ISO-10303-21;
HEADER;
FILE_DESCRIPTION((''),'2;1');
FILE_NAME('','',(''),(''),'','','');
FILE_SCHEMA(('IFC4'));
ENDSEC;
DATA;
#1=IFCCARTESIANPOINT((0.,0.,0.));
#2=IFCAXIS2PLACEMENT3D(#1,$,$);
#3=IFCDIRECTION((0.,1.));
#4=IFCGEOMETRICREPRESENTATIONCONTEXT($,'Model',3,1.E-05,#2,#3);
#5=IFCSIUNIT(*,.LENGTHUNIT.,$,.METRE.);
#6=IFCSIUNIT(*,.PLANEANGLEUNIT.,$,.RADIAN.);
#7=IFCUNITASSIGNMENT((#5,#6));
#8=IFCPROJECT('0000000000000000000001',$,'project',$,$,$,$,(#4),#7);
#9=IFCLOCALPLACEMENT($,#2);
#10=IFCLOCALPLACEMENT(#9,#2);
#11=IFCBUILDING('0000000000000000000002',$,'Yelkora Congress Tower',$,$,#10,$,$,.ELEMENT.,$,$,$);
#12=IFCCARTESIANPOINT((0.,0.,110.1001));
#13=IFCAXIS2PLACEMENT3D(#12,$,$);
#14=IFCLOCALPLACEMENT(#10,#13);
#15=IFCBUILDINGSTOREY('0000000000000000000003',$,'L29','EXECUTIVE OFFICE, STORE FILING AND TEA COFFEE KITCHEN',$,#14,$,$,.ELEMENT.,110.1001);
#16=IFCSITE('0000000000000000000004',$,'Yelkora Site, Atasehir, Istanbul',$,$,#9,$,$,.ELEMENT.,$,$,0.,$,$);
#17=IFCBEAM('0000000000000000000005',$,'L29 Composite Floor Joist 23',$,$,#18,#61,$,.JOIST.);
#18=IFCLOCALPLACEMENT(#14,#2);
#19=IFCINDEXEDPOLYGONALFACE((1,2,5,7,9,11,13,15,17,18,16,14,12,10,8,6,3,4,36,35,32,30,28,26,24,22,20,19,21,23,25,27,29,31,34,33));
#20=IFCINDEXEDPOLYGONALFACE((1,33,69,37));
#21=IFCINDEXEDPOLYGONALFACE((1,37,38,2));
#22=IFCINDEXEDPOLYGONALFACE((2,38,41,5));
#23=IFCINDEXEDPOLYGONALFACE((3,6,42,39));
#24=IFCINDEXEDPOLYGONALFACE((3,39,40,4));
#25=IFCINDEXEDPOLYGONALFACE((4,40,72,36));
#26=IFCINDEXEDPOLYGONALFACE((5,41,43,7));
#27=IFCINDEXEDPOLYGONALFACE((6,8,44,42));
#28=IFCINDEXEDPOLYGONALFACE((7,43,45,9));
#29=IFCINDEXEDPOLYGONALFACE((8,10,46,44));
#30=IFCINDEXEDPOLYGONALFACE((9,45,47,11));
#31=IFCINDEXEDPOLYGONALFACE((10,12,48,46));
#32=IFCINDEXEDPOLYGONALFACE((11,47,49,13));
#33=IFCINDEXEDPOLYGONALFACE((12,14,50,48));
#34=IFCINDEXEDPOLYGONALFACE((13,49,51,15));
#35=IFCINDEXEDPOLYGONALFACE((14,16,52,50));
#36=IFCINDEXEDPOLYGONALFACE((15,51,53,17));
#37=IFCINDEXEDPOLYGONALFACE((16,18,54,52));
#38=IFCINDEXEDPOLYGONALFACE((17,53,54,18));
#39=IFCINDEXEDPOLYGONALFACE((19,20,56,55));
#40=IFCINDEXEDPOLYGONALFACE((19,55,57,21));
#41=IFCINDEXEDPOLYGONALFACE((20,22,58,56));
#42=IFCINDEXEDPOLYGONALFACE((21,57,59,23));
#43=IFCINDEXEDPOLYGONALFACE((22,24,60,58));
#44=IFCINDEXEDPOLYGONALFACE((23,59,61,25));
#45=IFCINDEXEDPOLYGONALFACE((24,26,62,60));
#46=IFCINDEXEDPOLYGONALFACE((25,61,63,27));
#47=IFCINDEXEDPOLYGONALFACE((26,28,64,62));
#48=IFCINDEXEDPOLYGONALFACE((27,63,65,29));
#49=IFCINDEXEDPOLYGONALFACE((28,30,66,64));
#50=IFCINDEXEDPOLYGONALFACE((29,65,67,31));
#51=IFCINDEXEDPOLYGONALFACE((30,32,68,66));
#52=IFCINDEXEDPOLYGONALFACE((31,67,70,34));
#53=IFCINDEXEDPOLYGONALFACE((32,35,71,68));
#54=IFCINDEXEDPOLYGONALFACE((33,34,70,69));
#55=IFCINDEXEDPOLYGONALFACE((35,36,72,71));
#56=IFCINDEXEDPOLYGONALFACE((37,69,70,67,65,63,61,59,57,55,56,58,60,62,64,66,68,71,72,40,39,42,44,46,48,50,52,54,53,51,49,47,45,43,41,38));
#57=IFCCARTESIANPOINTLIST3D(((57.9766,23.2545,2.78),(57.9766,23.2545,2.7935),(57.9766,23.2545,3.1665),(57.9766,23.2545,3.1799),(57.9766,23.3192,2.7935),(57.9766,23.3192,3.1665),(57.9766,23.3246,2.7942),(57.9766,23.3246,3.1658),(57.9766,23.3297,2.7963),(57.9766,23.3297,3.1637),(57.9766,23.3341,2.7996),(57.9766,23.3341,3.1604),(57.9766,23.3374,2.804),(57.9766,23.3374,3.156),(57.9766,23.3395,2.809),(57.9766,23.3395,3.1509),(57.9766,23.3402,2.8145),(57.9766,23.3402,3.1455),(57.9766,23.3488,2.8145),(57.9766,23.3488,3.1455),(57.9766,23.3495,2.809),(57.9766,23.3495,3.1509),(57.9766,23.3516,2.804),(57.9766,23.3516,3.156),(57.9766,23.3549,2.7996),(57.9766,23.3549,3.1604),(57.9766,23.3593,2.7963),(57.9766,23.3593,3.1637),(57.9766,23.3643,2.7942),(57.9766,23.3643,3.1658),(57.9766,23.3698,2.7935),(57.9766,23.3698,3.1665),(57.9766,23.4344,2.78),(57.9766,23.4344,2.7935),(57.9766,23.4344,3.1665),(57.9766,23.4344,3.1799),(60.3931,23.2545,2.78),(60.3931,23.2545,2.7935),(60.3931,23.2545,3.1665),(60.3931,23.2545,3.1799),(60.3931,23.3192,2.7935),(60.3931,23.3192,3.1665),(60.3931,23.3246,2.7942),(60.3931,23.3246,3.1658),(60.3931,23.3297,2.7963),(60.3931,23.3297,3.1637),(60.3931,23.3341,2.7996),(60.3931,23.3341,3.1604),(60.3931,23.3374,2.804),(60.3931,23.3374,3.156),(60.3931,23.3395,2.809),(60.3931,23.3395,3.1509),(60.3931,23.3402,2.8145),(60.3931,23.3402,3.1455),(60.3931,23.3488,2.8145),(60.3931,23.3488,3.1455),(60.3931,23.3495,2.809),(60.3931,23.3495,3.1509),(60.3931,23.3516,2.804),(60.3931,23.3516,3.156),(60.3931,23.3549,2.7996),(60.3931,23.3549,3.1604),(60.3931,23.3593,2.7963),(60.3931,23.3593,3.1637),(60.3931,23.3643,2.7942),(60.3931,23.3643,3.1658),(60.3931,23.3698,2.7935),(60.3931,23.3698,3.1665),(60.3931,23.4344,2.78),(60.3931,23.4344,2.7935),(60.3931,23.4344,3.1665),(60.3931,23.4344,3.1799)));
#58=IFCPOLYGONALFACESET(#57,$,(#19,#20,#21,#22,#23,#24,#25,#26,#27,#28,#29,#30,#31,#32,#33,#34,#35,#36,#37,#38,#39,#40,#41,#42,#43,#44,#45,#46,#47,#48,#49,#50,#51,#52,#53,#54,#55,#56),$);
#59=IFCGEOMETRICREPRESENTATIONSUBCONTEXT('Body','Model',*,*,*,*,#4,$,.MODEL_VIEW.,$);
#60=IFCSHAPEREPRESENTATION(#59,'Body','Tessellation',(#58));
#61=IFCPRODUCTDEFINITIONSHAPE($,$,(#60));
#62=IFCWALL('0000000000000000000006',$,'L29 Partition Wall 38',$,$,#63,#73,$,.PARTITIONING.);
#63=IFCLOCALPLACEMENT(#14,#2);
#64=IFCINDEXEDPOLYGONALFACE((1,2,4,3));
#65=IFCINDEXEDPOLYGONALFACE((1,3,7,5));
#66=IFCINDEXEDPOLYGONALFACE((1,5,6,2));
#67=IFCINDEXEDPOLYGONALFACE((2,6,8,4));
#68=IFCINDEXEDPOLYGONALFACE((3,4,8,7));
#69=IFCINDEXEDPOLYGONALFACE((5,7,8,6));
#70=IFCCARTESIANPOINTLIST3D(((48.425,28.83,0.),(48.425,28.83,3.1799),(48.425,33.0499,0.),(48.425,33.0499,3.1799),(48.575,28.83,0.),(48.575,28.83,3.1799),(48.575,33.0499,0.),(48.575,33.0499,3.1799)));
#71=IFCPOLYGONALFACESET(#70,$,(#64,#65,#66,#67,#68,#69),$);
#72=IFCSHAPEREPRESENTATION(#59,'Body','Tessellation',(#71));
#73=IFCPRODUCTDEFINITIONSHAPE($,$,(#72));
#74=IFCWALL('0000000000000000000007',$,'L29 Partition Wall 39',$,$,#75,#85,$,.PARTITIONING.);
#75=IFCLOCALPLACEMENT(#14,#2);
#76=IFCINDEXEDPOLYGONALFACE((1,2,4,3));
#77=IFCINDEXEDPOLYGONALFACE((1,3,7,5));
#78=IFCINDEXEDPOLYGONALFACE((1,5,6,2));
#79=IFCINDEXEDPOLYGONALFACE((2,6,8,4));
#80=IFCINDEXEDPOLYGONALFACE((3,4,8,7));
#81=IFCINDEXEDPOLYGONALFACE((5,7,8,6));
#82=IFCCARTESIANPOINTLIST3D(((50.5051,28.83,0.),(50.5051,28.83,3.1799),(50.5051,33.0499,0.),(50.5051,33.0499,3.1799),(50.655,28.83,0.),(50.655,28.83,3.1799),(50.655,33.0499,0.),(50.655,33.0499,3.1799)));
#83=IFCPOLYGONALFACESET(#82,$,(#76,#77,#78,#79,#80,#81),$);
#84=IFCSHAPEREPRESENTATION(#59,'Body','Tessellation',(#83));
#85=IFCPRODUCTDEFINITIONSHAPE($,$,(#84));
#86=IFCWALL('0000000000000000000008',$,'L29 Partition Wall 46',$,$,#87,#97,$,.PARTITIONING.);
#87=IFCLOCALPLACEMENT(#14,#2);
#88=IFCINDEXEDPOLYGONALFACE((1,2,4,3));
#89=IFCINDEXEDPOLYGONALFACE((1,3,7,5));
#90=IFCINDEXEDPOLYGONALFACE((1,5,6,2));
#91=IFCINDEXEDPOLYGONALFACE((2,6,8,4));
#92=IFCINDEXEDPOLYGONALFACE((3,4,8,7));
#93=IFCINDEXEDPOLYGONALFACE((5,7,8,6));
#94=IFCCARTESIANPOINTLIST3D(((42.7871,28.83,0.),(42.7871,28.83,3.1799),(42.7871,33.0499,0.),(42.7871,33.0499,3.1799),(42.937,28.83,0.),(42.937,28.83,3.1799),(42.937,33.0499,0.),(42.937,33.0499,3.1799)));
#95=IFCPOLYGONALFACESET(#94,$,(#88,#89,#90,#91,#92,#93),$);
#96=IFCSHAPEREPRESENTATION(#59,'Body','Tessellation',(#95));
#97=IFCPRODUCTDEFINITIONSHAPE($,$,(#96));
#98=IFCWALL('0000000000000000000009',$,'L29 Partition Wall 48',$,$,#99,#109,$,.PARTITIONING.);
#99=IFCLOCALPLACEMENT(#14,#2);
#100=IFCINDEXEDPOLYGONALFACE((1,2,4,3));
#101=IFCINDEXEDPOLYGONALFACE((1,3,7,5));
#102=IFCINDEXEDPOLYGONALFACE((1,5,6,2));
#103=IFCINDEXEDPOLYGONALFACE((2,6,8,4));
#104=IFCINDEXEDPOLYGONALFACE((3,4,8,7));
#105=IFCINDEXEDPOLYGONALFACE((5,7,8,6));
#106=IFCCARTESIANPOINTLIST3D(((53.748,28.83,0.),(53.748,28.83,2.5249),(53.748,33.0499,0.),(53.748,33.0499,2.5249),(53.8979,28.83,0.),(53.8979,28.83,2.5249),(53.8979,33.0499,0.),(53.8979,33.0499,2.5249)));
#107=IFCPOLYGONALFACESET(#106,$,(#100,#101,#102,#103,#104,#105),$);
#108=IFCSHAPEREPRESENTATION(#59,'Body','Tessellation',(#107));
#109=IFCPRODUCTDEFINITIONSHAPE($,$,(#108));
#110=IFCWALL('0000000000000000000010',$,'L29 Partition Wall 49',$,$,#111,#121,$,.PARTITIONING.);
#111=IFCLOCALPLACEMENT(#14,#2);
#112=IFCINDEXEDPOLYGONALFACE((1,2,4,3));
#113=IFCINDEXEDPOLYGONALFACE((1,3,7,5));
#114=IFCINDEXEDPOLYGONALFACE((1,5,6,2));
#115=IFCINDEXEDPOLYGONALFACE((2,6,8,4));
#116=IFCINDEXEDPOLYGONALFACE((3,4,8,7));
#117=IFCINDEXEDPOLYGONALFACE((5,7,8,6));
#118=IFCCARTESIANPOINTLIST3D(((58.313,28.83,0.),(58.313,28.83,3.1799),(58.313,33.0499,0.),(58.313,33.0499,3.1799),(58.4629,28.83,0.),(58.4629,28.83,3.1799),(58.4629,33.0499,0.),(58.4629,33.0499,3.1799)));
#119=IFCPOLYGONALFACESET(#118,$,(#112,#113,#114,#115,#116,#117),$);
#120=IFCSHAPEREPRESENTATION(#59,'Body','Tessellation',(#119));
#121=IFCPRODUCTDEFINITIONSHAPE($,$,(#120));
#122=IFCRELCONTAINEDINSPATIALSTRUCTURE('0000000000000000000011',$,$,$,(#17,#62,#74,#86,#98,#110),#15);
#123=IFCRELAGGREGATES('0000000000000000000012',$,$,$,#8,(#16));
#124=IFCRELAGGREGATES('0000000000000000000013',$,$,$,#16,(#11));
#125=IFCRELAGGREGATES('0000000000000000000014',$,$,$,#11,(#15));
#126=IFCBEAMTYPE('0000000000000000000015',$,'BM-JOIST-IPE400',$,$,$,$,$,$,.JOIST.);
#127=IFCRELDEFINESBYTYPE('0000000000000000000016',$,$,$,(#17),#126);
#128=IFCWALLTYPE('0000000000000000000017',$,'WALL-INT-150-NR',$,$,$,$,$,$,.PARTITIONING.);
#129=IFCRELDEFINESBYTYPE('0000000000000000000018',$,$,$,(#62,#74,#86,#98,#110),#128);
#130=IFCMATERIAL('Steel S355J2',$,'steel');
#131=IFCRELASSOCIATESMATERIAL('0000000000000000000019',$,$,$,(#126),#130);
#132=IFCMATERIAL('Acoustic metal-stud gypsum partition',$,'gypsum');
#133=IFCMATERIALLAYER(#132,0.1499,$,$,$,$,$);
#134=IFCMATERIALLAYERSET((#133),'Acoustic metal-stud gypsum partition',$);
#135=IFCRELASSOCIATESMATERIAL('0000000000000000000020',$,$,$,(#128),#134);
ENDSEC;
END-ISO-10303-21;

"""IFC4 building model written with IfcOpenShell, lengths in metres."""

from ifc_helpers import new_model, si_unit, direction, frame, frame_2d, origin, origin_2d, place, context, subcontext, project, spatial, rectangle, i_section, extrude, material, layer, layer_set, material_profile, profile_set, type_object, element, save


model = new_model("IFC4")

# Units and contexts
model_context = context("Model", 3, precision=1e-05, world=origin(), true_north=direction((0.0, 1.0)))
body_context = subcontext(model_context, "Body", "Model", "MODEL_VIEW")
ifc_project = project(units=[si_unit("LENGTHUNIT", "METRE"), si_unit("PLANEANGLEUNIT", "RADIAN")], contexts=[model_context])

# Site, building, storey
site_placement = place(None, origin())
site = spatial("IfcSite", under=ifc_project, at=site_placement, Name="Yelkora Site, Atasehir, Istanbul", CompositionType="ELEMENT", RefElevation=0.0)
building_placement = place(site_placement, origin())
building = spatial("IfcBuilding", under=site, at=building_placement, Name="Yelkora Congress Tower", CompositionType="ELEMENT")
storey_placement = place(building_placement, frame((0.0, 0.0, 110.1001)))
storey = spatial("IfcBuildingStorey", under=building, at=storey_placement, Name="L29", Description="EXECUTIVE OFFICE, STORE FILING AND TEA COFFEE KITCHEN", CompositionType="ELEMENT", Elevation=110.1001)

# Beam
ifc_material_1 = material(Name="Steel S355J2", Category="steel")
ifc_material_profile_1 = material_profile(ifc_material_1, i_section(OverallWidth=0.1799, OverallDepth=0.3999, WebThickness=0.0085, FlangeThickness=0.0134, FilletRadius=0.021, at=origin_2d()), Name="IPE 400")
ifc_profile_set_1 = profile_set([ifc_material_profile_1], Name="Steel S355J2")
beam_type_1 = type_object("IfcBeamType", Name="BM-JOIST-IPE400", PredefinedType="JOIST", material=ifc_profile_set_1)
beam_1_placement = place(storey_placement, frame((57.9766, 23.3445, 2.98), z_axis=(1.0, 0.0, 0.0), x_axis=(0.0, 1.0, 0.0)))
element("IfcBeam", 1, at=beam_1_placement, inside=storey, type_object=beam_type_1, Name="L29 Composite Floor Joist 23", PredefinedType="JOIST", context=body_context, shape_type="SweptSolid", body=[
    extrude(i_section(OverallWidth=0.1799, OverallDepth=0.3999, WebThickness=0.0085, FlangeThickness=0.0134, FilletRadius=0.021, at=origin_2d()), origin(), (0.0, 0.0, 1.0), 2.4165),
])

# Walls
ifc_material_2 = material(Name="Acoustic metal-stud gypsum partition", Category="gypsum")
ifc_layer = layer(ifc_material_2, 0.1499)
ifc_layer_set = layer_set([ifc_layer], Name="Acoustic metal-stud gypsum partition")
wall_type = type_object("IfcWallType", Name="WALL-INT-150-NR", PredefinedType="PARTITIONING", material=ifc_layer_set)
for number, where, z_axis, x_axis, name in (
    (2, (48.5, 28.8301, 0.0), (0.0, 0.0, 1.0), (0.0, 1.0, 0.0), "L29 Partition Wall 38"),
    (3, (50.5801, 28.8301, 0.0), (0.0, 0.0, 1.0), (0.0, 1.0, 0.0), "L29 Partition Wall 39"),
    (4, (42.8621, 28.8301, 0.0), (0.0, 0.0, 1.0), (0.0, 1.0, 0.0), "L29 Partition Wall 46"),
):
    element("IfcWall", number, at=place(storey_placement, frame(where, z_axis=z_axis, x_axis=x_axis)), inside=storey, type_object=wall_type, Name=name, PredefinedType="PARTITIONING", context=body_context, shape_type="SweptSolid", body=[
        extrude(rectangle(XDim=4.22, YDim=0.1499, at=frame_2d((2.1099, 0.0))), origin(), (0.0, 0.0, 1.0), 3.1799),
    ])
wall_1_placement = place(storey_placement, frame((53.823, 28.8301, 0.0), z_axis=(0.0, 0.0, 1.0), x_axis=(0.0, 1.0, 0.0)))
element("IfcWall", 5, at=wall_1_placement, inside=storey, type_object=wall_type, Name="L29 Partition Wall 48", PredefinedType="PARTITIONING", context=body_context, shape_type="SweptSolid", body=[
    extrude(rectangle(XDim=4.22, YDim=0.1499, at=frame_2d((2.1099, 0.0))), origin(), (0.0, 0.0, 1.0), 2.5249),
])
wall_2_placement = place(storey_placement, frame((58.3879, 28.8301, 0.0), z_axis=(0.0, 0.0, 1.0), x_axis=(0.0, 1.0, 0.0)))
element("IfcWall", 6, at=wall_2_placement, inside=storey, type_object=wall_type, Name="L29 Partition Wall 49", PredefinedType="PARTITIONING", context=body_context, shape_type="SweptSolid", body=[
    extrude(rectangle(XDim=4.22, YDim=0.1499, at=frame_2d((2.1099, 0.0))), origin(), (0.0, 0.0, 1.0), 3.1799),
])

save(model, "model.ifc")
